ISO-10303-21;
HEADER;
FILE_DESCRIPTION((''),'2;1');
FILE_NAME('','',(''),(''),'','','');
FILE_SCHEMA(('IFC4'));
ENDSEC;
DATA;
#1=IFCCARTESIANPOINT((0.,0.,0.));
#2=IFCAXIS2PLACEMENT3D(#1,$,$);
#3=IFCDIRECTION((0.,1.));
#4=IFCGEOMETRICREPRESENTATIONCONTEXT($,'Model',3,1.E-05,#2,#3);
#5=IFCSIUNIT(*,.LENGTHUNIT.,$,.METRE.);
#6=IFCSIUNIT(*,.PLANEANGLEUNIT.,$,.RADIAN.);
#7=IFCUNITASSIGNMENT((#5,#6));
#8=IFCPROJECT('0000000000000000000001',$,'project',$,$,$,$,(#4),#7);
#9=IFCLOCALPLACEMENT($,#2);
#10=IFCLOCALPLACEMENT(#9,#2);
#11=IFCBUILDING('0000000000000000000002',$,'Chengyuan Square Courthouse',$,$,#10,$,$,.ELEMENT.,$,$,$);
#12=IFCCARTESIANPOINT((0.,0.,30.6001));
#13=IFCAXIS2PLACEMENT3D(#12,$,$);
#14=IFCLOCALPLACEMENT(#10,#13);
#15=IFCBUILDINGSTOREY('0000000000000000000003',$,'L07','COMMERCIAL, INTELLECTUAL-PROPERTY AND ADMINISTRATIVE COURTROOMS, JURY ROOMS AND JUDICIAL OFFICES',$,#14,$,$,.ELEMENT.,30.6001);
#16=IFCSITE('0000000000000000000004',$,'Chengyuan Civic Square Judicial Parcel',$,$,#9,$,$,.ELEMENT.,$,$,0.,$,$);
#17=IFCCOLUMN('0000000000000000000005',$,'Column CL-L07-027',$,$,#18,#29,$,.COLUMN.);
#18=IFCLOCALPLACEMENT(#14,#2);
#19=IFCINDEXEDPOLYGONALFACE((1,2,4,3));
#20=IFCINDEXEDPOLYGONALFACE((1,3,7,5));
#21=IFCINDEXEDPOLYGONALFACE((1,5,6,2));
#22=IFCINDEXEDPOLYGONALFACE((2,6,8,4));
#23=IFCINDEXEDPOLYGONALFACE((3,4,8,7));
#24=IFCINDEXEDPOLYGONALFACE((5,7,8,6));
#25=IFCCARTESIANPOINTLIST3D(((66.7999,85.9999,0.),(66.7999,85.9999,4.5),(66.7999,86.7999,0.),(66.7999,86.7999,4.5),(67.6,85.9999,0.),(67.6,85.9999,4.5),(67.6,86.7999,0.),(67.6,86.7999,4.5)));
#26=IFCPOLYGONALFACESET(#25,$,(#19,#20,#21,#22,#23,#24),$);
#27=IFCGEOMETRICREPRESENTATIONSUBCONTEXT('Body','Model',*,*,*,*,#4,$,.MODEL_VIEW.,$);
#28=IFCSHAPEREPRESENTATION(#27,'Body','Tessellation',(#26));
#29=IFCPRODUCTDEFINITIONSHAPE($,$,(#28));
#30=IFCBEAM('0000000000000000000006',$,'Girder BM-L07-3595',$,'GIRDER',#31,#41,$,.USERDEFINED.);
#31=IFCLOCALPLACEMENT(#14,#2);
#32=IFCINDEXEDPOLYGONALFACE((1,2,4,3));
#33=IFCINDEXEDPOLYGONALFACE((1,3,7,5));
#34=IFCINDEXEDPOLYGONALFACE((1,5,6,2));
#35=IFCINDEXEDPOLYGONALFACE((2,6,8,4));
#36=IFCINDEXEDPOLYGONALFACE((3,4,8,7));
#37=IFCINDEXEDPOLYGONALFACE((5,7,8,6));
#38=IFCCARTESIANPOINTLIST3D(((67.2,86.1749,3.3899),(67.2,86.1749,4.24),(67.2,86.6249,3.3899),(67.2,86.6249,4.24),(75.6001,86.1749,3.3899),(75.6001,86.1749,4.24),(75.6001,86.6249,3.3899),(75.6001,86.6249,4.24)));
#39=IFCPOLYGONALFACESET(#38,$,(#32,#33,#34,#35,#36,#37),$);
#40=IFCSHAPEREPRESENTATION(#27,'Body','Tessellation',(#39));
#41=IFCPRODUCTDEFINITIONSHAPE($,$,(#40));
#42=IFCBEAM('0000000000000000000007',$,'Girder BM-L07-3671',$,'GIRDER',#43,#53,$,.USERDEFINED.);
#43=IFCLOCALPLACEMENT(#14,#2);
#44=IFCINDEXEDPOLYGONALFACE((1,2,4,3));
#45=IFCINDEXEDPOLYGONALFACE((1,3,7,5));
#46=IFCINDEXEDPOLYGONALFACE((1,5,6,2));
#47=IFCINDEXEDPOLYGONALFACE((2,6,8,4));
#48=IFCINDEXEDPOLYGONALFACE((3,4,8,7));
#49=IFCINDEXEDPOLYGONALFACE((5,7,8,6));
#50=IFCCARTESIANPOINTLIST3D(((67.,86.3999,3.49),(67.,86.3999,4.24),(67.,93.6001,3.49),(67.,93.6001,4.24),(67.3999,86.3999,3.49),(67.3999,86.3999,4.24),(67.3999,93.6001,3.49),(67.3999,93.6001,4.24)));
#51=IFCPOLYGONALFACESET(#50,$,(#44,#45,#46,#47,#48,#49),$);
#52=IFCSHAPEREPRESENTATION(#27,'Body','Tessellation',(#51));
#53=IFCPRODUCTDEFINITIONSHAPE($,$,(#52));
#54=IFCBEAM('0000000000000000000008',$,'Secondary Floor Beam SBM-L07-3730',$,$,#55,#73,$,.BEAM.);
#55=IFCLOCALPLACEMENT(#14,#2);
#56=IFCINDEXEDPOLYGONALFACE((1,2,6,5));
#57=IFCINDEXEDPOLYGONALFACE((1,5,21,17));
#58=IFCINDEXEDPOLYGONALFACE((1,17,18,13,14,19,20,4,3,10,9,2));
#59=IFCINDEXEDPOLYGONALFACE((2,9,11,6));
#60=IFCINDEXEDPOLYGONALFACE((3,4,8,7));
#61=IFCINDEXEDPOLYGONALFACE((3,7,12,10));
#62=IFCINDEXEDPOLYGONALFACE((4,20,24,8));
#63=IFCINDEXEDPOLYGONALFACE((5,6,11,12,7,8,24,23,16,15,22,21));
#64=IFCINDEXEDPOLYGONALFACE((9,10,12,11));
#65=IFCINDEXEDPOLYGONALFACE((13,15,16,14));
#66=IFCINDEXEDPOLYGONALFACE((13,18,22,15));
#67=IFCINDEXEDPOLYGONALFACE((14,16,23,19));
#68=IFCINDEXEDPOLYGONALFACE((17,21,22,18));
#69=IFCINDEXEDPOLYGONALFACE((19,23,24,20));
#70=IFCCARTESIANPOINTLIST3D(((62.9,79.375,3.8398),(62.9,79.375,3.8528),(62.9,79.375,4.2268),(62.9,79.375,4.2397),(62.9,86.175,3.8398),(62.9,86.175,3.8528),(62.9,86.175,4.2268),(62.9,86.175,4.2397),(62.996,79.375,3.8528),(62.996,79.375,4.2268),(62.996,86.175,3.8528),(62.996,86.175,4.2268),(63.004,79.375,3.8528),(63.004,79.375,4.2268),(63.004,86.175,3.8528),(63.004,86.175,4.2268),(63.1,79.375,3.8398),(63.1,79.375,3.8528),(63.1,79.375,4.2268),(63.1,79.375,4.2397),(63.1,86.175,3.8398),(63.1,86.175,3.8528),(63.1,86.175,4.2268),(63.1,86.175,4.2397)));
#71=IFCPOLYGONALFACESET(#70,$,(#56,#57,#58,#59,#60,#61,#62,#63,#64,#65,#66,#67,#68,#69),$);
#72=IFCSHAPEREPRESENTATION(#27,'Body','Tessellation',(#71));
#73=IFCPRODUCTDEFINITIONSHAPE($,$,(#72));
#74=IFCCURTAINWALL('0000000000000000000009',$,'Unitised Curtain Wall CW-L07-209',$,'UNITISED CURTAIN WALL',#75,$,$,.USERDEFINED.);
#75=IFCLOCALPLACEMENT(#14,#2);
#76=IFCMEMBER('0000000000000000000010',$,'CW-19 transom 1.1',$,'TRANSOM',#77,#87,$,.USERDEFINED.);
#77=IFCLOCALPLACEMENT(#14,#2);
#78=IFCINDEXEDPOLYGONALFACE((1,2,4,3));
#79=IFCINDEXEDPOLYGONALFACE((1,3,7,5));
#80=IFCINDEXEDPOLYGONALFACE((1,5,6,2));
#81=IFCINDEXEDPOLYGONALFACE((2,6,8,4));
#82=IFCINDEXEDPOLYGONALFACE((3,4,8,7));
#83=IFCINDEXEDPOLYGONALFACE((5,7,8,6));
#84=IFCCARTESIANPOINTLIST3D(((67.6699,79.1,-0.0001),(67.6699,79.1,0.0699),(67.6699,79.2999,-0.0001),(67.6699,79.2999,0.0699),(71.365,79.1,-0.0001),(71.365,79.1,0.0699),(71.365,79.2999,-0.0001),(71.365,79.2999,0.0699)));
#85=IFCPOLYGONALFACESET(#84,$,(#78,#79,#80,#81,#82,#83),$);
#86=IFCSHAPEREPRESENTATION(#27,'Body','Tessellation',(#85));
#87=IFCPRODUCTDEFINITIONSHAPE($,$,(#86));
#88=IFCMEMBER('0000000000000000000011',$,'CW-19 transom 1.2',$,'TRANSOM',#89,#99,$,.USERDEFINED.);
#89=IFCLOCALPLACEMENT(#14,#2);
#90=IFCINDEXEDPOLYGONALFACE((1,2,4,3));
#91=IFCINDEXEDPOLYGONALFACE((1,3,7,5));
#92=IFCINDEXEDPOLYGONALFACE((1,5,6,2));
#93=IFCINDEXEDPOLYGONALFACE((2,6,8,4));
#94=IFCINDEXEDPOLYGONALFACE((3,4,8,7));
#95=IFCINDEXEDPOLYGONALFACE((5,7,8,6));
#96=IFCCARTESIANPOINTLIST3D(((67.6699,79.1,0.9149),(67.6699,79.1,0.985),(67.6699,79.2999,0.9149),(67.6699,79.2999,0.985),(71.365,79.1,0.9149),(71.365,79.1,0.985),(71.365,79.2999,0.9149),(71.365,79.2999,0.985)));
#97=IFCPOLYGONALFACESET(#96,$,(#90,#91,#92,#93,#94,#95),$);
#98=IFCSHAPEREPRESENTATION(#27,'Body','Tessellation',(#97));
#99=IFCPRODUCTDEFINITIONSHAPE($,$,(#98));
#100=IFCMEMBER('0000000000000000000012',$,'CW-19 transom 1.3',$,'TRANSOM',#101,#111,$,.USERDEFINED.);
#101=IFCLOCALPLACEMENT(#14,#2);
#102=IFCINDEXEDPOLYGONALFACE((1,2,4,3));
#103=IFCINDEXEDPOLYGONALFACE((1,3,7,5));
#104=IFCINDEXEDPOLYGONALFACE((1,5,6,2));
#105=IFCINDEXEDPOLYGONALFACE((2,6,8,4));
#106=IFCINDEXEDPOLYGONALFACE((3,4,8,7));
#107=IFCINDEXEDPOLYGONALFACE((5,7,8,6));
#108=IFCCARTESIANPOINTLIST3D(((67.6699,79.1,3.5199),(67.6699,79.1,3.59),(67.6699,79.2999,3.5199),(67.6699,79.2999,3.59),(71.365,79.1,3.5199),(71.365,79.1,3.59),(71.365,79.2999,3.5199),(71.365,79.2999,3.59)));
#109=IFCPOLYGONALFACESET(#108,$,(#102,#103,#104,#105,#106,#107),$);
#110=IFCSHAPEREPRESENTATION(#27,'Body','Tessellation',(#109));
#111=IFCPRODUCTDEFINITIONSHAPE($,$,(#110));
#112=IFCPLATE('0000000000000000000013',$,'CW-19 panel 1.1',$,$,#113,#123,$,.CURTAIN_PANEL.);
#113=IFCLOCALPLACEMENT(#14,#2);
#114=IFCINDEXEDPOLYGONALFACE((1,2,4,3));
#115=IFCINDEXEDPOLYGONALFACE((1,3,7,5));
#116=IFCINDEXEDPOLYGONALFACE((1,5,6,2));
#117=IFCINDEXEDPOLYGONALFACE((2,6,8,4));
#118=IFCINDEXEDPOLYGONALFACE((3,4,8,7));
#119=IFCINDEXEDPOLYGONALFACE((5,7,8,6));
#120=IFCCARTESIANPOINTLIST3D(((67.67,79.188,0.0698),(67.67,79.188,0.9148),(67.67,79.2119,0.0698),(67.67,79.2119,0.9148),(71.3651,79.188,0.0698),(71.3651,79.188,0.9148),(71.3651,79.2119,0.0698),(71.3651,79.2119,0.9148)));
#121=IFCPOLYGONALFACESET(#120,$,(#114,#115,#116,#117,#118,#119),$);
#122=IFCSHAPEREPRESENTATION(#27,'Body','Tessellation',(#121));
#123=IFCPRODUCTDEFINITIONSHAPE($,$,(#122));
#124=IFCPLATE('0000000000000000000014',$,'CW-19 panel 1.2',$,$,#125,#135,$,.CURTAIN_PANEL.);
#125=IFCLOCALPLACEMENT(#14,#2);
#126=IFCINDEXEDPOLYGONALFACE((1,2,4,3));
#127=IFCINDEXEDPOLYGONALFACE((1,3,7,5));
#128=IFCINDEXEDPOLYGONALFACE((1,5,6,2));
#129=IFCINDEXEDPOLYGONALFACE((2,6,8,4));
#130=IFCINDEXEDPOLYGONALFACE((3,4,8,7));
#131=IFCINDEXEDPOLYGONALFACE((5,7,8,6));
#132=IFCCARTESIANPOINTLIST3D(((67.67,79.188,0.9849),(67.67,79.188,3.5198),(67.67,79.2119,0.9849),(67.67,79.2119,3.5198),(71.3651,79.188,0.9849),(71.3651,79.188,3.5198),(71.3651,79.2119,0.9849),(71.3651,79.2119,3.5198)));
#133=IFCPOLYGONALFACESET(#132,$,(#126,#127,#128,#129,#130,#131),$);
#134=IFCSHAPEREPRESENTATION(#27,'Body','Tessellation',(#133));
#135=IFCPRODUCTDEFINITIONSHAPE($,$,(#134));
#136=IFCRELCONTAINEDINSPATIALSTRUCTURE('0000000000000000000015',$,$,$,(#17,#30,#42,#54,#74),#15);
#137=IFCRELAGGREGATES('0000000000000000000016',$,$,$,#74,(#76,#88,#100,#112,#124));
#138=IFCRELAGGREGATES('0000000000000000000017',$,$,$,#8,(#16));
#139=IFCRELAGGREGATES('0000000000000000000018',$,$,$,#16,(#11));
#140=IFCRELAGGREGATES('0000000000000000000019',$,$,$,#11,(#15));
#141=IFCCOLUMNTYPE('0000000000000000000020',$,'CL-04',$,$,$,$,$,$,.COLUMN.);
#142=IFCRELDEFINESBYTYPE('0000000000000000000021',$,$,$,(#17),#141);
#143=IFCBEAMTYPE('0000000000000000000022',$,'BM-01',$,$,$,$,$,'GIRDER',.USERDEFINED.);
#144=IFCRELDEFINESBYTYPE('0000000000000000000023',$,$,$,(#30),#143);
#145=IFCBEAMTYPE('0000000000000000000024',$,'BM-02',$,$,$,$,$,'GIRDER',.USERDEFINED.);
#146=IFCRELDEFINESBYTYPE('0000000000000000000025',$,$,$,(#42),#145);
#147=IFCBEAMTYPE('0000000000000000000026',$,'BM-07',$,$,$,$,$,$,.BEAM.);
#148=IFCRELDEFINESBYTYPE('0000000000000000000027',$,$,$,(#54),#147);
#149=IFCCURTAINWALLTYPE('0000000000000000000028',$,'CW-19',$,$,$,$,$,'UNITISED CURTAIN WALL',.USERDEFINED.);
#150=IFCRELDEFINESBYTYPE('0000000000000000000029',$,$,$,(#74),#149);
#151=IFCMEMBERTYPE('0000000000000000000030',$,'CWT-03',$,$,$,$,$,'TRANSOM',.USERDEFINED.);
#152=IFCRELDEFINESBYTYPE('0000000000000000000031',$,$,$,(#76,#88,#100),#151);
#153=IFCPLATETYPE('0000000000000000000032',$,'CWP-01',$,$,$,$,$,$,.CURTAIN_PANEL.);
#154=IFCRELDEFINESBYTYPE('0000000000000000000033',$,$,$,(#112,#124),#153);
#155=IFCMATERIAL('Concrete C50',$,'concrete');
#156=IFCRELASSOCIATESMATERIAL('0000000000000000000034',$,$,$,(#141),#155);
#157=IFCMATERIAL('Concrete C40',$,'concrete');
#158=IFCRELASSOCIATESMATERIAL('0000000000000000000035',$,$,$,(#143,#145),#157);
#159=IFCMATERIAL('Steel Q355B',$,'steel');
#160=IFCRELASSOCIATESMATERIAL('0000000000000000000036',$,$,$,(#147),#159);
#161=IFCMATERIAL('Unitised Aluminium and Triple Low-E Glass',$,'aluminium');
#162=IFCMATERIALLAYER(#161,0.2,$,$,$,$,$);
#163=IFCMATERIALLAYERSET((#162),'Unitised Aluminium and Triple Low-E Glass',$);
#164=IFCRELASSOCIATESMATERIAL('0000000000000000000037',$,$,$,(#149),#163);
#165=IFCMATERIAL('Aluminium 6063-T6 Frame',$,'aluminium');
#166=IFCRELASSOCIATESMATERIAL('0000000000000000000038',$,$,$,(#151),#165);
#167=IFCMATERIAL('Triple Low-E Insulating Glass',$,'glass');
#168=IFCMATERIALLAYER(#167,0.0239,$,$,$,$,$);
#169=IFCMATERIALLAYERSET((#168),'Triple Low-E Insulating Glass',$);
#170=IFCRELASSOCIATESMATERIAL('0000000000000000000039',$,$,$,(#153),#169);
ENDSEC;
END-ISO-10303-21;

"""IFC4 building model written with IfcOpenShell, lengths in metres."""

from ifc_helpers import new_model, si_unit, direction, frame, origin, origin_2d, place, context, subcontext, project, spatial, rectangle, i_section, extrude, material, layer, layer_set, material_profile, profile_set, type_object, element, aggregate, save


model = new_model("IFC4")

# Units and contexts
model_context = context("Model", 3, precision=1e-05, world=origin(), true_north=direction((0.0, 1.0)))
body_context = subcontext(model_context, "Body", "Model", "MODEL_VIEW")
ifc_project = project(units=[si_unit("LENGTHUNIT", "METRE"), si_unit("PLANEANGLEUNIT", "RADIAN")], contexts=[model_context])

# Site, building, storey
site_placement = place(None, origin())
site = spatial("IfcSite", under=ifc_project, at=site_placement, Name="Chengyuan Civic Square Judicial Parcel", CompositionType="ELEMENT", RefElevation=0.0)
building_placement = place(site_placement, origin())
building = spatial("IfcBuilding", under=site, at=building_placement, Name="Chengyuan Square Courthouse", CompositionType="ELEMENT")
storey_placement = place(building_placement, frame((0.0, 0.0, 30.6001)))
storey = spatial("IfcBuildingStorey", under=building, at=storey_placement, Name="L07", Description="COMMERCIAL, INTELLECTUAL-PROPERTY AND ADMINISTRATIVE COURTROOMS, JURY ROOMS AND JUDICIAL OFFICES", CompositionType="ELEMENT", Elevation=30.6001)

# Column
ifc_material_1 = material(Name="Concrete C50", Category="concrete")
ifc_material_profile_1 = material_profile(ifc_material_1, rectangle(XDim=0.8, YDim=0.8, at=origin_2d()), Name="RC-COL-800x800")
ifc_profile_set_1 = profile_set([ifc_material_profile_1], Name="Concrete C50")
column_type = type_object("IfcColumnType", Name="CL-04", PredefinedType="COLUMN", material=ifc_profile_set_1)
column_placement = place(storey_placement, frame((67.2, 86.3999, 0.0), z_axis=(0.0, 0.0, 1.0), x_axis=(1.0, 0.0, 0.0)))
element("IfcColumn", 1, at=column_placement, inside=storey, type_object=column_type, Name="Column CL-L07-027", PredefinedType="COLUMN", context=body_context, shape_type="SweptSolid", body=[
    extrude(rectangle(XDim=0.8, YDim=0.8, at=origin_2d()), origin(), (0.0, 0.0, 1.0), 4.5),
])

# Beams
ifc_material_2 = material(Name="Concrete C40", Category="concrete")
ifc_material_profile_2 = material_profile(ifc_material_2, rectangle(XDim=0.45, YDim=0.8501, at=origin_2d()), Name="RC-BM-450x850")
ifc_profile_set_2 = profile_set([ifc_material_profile_2], Name="Concrete C40")
beam_type_1 = type_object("IfcBeamType", Name="BM-01", ElementType="GIRDER", PredefinedType="USERDEFINED", material=ifc_profile_set_2)
beam_1_placement = place(storey_placement, frame((67.2, 86.3999, 3.8149), z_axis=(1.0, 0.0, 0.0), x_axis=(0.0, 1.0, 0.0)))
element("IfcBeam", 2, at=beam_1_placement, inside=storey, type_object=beam_type_1, Name="Girder BM-L07-3595", ObjectType="GIRDER", PredefinedType="USERDEFINED", context=body_context, shape_type="SweptSolid", body=[
    extrude(rectangle(XDim=0.45, YDim=0.8501, at=origin_2d()), origin(), (0.0, 0.0, 1.0), 8.4001),
])
ifc_material_profile_3 = material_profile(ifc_material_2, rectangle(XDim=0.3999, YDim=0.75, at=origin_2d()), Name="RC-BM-400x750")
ifc_profile_set_3 = profile_set([ifc_material_profile_3], Name="Concrete C40")
beam_type_2 = type_object("IfcBeamType", Name="BM-02", ElementType="GIRDER", PredefinedType="USERDEFINED", material=ifc_profile_set_3)
beam_2_placement = place(storey_placement, frame((67.2, 86.3999, 3.865), z_axis=(0.0, 1.0, 0.0), x_axis=(-1.0, 0.0, 0.0)))
element("IfcBeam", 3, at=beam_2_placement, inside=storey, type_object=beam_type_2, Name="Girder BM-L07-3671", ObjectType="GIRDER", PredefinedType="USERDEFINED", context=body_context, shape_type="SweptSolid", body=[
    extrude(rectangle(XDim=0.3999, YDim=0.75, at=origin_2d()), origin(), (0.0, 0.0, 1.0), 7.2002),
])
ifc_material_3 = material(Name="Steel Q355B", Category="steel")
ifc_material_profile_4 = material_profile(ifc_material_3, i_section(OverallWidth=0.2, OverallDepth=0.3999, WebThickness=0.0081, FlangeThickness=0.0129, at=origin_2d()), Name="HN 400x200x8x13")
ifc_profile_set_4 = profile_set([ifc_material_profile_4], Name="Steel Q355B")
beam_type_3 = type_object("IfcBeamType", Name="BM-07", PredefinedType="BEAM", material=ifc_profile_set_4)
beam_3_placement = place(storey_placement, frame((63.0, 79.375, 4.0398), z_axis=(0.0, 1.0, 0.0), x_axis=(-1.0, 0.0, 0.0)))
element("IfcBeam", 4, at=beam_3_placement, inside=storey, type_object=beam_type_3, Name="Secondary Floor Beam SBM-L07-3730", PredefinedType="BEAM", context=body_context, shape_type="SweptSolid", body=[
    extrude(i_section(OverallWidth=0.2, OverallDepth=0.3999, WebThickness=0.0081, FlangeThickness=0.0129, at=origin_2d()), origin(), (0.0, 0.0, 1.0), 6.8),
])

# Curtain wall, members, plates
ifc_material_4 = material(Name="Unitised Aluminium and Triple Low-E Glass", Category="aluminium")
ifc_layer_1 = layer(ifc_material_4, 0.2)
ifc_layer_set_1 = layer_set([ifc_layer_1], Name="Unitised Aluminium and Triple Low-E Glass")
curtain_wall_type = type_object("IfcCurtainWallType", Name="CW-19", ElementType="UNITISED CURTAIN WALL", PredefinedType="USERDEFINED", material=ifc_layer_set_1)
curtain_wall_placement = place(storey_placement, origin())
curtain_wall = element("IfcCurtainWall", 5, at=curtain_wall_placement, inside=storey, type_object=curtain_wall_type, Name="Unitised Curtain Wall CW-L07-209", ObjectType="UNITISED CURTAIN WALL", PredefinedType="USERDEFINED")
ifc_material_5 = material(Name="Aluminium 6063-T6 Frame", Category="aluminium")
ifc_material_profile_5 = material_profile(ifc_material_5, rectangle(XDim=0.2, YDim=0.0701, at=origin_2d()), Name="CW-TRN-70x160")
ifc_profile_set_5 = profile_set([ifc_material_profile_5], Name="Aluminium 6063-T6 Frame")
member_type = type_object("IfcMemberType", Name="CWT-03", ElementType="TRANSOM", PredefinedType="USERDEFINED", material=ifc_profile_set_5)
member_1_placement = place(storey_placement, frame((67.6699, 79.2, 0.0349), z_axis=(1.0, 0.0, 0.0), x_axis=(0.0, 1.0, 0.0)))
member_1 = element("IfcMember", 6, at=member_1_placement, type_object=member_type, Name="CW-19 transom 1.1", ObjectType="TRANSOM", PredefinedType="USERDEFINED", context=body_context, shape_type="SweptSolid", body=[
    extrude(rectangle(XDim=0.2, YDim=0.0701, at=origin_2d()), origin(), (0.0, 0.0, 1.0), 3.6951),
])
member_2_placement = place(storey_placement, frame((67.6699, 79.2, 0.95), z_axis=(1.0, 0.0, 0.0), x_axis=(0.0, 1.0, 0.0)))
member_2 = element("IfcMember", 7, at=member_2_placement, type_object=member_type, Name="CW-19 transom 1.2", ObjectType="TRANSOM", PredefinedType="USERDEFINED", context=body_context, shape_type="SweptSolid", body=[
    extrude(rectangle(XDim=0.2, YDim=0.0701, at=origin_2d()), origin(), (0.0, 0.0, 1.0), 3.6951),
])
member_3_placement = place(storey_placement, frame((67.6699, 79.2, 3.5549), z_axis=(1.0, 0.0, 0.0), x_axis=(0.0, 1.0, 0.0)))
member_3 = element("IfcMember", 8, at=member_3_placement, type_object=member_type, Name="CW-19 transom 1.3", ObjectType="TRANSOM", PredefinedType="USERDEFINED", context=body_context, shape_type="SweptSolid", body=[
    extrude(rectangle(XDim=0.2, YDim=0.0701, at=origin_2d()), origin(), (0.0, 0.0, 1.0), 3.6951),
])
ifc_material_6 = material(Name="Triple Low-E Insulating Glass", Category="glass")
ifc_layer_2 = layer(ifc_material_6, 0.0239)
ifc_layer_set_2 = layer_set([ifc_layer_2], Name="Triple Low-E Insulating Glass")
plate_type = type_object("IfcPlateType", Name="CWP-01", PredefinedType="CURTAIN_PANEL", material=ifc_layer_set_2)
plate_1_placement = place(storey_placement, frame((69.5176, 79.2, 0.0698), z_axis=(0.0, 0.0, 1.0), x_axis=(1.0, 0.0, 0.0)))
plate_1 = element("IfcPlate", 9, at=plate_1_placement, type_object=plate_type, Name="CW-19 panel 1.1", PredefinedType="CURTAIN_PANEL", context=body_context, shape_type="SweptSolid", body=[
    extrude(rectangle(XDim=3.6951, YDim=0.0239, at=origin_2d()), origin(), (0.0, 0.0, 1.0), 0.845),
])
plate_2_placement = place(storey_placement, frame((69.5176, 79.2, 0.9849), z_axis=(0.0, 0.0, 1.0), x_axis=(1.0, 0.0, 0.0)))
plate_2 = element("IfcPlate", 10, at=plate_2_placement, type_object=plate_type, Name="CW-19 panel 1.2", PredefinedType="CURTAIN_PANEL", context=body_context, shape_type="SweptSolid", body=[
    extrude(rectangle(XDim=3.6951, YDim=0.0239, at=origin_2d()), origin(), (0.0, 0.0, 1.0), 2.5349),
])
aggregate(curtain_wall, [member_1, member_2, member_3, plate_1, plate_2])

save(model, "model.ifc")
